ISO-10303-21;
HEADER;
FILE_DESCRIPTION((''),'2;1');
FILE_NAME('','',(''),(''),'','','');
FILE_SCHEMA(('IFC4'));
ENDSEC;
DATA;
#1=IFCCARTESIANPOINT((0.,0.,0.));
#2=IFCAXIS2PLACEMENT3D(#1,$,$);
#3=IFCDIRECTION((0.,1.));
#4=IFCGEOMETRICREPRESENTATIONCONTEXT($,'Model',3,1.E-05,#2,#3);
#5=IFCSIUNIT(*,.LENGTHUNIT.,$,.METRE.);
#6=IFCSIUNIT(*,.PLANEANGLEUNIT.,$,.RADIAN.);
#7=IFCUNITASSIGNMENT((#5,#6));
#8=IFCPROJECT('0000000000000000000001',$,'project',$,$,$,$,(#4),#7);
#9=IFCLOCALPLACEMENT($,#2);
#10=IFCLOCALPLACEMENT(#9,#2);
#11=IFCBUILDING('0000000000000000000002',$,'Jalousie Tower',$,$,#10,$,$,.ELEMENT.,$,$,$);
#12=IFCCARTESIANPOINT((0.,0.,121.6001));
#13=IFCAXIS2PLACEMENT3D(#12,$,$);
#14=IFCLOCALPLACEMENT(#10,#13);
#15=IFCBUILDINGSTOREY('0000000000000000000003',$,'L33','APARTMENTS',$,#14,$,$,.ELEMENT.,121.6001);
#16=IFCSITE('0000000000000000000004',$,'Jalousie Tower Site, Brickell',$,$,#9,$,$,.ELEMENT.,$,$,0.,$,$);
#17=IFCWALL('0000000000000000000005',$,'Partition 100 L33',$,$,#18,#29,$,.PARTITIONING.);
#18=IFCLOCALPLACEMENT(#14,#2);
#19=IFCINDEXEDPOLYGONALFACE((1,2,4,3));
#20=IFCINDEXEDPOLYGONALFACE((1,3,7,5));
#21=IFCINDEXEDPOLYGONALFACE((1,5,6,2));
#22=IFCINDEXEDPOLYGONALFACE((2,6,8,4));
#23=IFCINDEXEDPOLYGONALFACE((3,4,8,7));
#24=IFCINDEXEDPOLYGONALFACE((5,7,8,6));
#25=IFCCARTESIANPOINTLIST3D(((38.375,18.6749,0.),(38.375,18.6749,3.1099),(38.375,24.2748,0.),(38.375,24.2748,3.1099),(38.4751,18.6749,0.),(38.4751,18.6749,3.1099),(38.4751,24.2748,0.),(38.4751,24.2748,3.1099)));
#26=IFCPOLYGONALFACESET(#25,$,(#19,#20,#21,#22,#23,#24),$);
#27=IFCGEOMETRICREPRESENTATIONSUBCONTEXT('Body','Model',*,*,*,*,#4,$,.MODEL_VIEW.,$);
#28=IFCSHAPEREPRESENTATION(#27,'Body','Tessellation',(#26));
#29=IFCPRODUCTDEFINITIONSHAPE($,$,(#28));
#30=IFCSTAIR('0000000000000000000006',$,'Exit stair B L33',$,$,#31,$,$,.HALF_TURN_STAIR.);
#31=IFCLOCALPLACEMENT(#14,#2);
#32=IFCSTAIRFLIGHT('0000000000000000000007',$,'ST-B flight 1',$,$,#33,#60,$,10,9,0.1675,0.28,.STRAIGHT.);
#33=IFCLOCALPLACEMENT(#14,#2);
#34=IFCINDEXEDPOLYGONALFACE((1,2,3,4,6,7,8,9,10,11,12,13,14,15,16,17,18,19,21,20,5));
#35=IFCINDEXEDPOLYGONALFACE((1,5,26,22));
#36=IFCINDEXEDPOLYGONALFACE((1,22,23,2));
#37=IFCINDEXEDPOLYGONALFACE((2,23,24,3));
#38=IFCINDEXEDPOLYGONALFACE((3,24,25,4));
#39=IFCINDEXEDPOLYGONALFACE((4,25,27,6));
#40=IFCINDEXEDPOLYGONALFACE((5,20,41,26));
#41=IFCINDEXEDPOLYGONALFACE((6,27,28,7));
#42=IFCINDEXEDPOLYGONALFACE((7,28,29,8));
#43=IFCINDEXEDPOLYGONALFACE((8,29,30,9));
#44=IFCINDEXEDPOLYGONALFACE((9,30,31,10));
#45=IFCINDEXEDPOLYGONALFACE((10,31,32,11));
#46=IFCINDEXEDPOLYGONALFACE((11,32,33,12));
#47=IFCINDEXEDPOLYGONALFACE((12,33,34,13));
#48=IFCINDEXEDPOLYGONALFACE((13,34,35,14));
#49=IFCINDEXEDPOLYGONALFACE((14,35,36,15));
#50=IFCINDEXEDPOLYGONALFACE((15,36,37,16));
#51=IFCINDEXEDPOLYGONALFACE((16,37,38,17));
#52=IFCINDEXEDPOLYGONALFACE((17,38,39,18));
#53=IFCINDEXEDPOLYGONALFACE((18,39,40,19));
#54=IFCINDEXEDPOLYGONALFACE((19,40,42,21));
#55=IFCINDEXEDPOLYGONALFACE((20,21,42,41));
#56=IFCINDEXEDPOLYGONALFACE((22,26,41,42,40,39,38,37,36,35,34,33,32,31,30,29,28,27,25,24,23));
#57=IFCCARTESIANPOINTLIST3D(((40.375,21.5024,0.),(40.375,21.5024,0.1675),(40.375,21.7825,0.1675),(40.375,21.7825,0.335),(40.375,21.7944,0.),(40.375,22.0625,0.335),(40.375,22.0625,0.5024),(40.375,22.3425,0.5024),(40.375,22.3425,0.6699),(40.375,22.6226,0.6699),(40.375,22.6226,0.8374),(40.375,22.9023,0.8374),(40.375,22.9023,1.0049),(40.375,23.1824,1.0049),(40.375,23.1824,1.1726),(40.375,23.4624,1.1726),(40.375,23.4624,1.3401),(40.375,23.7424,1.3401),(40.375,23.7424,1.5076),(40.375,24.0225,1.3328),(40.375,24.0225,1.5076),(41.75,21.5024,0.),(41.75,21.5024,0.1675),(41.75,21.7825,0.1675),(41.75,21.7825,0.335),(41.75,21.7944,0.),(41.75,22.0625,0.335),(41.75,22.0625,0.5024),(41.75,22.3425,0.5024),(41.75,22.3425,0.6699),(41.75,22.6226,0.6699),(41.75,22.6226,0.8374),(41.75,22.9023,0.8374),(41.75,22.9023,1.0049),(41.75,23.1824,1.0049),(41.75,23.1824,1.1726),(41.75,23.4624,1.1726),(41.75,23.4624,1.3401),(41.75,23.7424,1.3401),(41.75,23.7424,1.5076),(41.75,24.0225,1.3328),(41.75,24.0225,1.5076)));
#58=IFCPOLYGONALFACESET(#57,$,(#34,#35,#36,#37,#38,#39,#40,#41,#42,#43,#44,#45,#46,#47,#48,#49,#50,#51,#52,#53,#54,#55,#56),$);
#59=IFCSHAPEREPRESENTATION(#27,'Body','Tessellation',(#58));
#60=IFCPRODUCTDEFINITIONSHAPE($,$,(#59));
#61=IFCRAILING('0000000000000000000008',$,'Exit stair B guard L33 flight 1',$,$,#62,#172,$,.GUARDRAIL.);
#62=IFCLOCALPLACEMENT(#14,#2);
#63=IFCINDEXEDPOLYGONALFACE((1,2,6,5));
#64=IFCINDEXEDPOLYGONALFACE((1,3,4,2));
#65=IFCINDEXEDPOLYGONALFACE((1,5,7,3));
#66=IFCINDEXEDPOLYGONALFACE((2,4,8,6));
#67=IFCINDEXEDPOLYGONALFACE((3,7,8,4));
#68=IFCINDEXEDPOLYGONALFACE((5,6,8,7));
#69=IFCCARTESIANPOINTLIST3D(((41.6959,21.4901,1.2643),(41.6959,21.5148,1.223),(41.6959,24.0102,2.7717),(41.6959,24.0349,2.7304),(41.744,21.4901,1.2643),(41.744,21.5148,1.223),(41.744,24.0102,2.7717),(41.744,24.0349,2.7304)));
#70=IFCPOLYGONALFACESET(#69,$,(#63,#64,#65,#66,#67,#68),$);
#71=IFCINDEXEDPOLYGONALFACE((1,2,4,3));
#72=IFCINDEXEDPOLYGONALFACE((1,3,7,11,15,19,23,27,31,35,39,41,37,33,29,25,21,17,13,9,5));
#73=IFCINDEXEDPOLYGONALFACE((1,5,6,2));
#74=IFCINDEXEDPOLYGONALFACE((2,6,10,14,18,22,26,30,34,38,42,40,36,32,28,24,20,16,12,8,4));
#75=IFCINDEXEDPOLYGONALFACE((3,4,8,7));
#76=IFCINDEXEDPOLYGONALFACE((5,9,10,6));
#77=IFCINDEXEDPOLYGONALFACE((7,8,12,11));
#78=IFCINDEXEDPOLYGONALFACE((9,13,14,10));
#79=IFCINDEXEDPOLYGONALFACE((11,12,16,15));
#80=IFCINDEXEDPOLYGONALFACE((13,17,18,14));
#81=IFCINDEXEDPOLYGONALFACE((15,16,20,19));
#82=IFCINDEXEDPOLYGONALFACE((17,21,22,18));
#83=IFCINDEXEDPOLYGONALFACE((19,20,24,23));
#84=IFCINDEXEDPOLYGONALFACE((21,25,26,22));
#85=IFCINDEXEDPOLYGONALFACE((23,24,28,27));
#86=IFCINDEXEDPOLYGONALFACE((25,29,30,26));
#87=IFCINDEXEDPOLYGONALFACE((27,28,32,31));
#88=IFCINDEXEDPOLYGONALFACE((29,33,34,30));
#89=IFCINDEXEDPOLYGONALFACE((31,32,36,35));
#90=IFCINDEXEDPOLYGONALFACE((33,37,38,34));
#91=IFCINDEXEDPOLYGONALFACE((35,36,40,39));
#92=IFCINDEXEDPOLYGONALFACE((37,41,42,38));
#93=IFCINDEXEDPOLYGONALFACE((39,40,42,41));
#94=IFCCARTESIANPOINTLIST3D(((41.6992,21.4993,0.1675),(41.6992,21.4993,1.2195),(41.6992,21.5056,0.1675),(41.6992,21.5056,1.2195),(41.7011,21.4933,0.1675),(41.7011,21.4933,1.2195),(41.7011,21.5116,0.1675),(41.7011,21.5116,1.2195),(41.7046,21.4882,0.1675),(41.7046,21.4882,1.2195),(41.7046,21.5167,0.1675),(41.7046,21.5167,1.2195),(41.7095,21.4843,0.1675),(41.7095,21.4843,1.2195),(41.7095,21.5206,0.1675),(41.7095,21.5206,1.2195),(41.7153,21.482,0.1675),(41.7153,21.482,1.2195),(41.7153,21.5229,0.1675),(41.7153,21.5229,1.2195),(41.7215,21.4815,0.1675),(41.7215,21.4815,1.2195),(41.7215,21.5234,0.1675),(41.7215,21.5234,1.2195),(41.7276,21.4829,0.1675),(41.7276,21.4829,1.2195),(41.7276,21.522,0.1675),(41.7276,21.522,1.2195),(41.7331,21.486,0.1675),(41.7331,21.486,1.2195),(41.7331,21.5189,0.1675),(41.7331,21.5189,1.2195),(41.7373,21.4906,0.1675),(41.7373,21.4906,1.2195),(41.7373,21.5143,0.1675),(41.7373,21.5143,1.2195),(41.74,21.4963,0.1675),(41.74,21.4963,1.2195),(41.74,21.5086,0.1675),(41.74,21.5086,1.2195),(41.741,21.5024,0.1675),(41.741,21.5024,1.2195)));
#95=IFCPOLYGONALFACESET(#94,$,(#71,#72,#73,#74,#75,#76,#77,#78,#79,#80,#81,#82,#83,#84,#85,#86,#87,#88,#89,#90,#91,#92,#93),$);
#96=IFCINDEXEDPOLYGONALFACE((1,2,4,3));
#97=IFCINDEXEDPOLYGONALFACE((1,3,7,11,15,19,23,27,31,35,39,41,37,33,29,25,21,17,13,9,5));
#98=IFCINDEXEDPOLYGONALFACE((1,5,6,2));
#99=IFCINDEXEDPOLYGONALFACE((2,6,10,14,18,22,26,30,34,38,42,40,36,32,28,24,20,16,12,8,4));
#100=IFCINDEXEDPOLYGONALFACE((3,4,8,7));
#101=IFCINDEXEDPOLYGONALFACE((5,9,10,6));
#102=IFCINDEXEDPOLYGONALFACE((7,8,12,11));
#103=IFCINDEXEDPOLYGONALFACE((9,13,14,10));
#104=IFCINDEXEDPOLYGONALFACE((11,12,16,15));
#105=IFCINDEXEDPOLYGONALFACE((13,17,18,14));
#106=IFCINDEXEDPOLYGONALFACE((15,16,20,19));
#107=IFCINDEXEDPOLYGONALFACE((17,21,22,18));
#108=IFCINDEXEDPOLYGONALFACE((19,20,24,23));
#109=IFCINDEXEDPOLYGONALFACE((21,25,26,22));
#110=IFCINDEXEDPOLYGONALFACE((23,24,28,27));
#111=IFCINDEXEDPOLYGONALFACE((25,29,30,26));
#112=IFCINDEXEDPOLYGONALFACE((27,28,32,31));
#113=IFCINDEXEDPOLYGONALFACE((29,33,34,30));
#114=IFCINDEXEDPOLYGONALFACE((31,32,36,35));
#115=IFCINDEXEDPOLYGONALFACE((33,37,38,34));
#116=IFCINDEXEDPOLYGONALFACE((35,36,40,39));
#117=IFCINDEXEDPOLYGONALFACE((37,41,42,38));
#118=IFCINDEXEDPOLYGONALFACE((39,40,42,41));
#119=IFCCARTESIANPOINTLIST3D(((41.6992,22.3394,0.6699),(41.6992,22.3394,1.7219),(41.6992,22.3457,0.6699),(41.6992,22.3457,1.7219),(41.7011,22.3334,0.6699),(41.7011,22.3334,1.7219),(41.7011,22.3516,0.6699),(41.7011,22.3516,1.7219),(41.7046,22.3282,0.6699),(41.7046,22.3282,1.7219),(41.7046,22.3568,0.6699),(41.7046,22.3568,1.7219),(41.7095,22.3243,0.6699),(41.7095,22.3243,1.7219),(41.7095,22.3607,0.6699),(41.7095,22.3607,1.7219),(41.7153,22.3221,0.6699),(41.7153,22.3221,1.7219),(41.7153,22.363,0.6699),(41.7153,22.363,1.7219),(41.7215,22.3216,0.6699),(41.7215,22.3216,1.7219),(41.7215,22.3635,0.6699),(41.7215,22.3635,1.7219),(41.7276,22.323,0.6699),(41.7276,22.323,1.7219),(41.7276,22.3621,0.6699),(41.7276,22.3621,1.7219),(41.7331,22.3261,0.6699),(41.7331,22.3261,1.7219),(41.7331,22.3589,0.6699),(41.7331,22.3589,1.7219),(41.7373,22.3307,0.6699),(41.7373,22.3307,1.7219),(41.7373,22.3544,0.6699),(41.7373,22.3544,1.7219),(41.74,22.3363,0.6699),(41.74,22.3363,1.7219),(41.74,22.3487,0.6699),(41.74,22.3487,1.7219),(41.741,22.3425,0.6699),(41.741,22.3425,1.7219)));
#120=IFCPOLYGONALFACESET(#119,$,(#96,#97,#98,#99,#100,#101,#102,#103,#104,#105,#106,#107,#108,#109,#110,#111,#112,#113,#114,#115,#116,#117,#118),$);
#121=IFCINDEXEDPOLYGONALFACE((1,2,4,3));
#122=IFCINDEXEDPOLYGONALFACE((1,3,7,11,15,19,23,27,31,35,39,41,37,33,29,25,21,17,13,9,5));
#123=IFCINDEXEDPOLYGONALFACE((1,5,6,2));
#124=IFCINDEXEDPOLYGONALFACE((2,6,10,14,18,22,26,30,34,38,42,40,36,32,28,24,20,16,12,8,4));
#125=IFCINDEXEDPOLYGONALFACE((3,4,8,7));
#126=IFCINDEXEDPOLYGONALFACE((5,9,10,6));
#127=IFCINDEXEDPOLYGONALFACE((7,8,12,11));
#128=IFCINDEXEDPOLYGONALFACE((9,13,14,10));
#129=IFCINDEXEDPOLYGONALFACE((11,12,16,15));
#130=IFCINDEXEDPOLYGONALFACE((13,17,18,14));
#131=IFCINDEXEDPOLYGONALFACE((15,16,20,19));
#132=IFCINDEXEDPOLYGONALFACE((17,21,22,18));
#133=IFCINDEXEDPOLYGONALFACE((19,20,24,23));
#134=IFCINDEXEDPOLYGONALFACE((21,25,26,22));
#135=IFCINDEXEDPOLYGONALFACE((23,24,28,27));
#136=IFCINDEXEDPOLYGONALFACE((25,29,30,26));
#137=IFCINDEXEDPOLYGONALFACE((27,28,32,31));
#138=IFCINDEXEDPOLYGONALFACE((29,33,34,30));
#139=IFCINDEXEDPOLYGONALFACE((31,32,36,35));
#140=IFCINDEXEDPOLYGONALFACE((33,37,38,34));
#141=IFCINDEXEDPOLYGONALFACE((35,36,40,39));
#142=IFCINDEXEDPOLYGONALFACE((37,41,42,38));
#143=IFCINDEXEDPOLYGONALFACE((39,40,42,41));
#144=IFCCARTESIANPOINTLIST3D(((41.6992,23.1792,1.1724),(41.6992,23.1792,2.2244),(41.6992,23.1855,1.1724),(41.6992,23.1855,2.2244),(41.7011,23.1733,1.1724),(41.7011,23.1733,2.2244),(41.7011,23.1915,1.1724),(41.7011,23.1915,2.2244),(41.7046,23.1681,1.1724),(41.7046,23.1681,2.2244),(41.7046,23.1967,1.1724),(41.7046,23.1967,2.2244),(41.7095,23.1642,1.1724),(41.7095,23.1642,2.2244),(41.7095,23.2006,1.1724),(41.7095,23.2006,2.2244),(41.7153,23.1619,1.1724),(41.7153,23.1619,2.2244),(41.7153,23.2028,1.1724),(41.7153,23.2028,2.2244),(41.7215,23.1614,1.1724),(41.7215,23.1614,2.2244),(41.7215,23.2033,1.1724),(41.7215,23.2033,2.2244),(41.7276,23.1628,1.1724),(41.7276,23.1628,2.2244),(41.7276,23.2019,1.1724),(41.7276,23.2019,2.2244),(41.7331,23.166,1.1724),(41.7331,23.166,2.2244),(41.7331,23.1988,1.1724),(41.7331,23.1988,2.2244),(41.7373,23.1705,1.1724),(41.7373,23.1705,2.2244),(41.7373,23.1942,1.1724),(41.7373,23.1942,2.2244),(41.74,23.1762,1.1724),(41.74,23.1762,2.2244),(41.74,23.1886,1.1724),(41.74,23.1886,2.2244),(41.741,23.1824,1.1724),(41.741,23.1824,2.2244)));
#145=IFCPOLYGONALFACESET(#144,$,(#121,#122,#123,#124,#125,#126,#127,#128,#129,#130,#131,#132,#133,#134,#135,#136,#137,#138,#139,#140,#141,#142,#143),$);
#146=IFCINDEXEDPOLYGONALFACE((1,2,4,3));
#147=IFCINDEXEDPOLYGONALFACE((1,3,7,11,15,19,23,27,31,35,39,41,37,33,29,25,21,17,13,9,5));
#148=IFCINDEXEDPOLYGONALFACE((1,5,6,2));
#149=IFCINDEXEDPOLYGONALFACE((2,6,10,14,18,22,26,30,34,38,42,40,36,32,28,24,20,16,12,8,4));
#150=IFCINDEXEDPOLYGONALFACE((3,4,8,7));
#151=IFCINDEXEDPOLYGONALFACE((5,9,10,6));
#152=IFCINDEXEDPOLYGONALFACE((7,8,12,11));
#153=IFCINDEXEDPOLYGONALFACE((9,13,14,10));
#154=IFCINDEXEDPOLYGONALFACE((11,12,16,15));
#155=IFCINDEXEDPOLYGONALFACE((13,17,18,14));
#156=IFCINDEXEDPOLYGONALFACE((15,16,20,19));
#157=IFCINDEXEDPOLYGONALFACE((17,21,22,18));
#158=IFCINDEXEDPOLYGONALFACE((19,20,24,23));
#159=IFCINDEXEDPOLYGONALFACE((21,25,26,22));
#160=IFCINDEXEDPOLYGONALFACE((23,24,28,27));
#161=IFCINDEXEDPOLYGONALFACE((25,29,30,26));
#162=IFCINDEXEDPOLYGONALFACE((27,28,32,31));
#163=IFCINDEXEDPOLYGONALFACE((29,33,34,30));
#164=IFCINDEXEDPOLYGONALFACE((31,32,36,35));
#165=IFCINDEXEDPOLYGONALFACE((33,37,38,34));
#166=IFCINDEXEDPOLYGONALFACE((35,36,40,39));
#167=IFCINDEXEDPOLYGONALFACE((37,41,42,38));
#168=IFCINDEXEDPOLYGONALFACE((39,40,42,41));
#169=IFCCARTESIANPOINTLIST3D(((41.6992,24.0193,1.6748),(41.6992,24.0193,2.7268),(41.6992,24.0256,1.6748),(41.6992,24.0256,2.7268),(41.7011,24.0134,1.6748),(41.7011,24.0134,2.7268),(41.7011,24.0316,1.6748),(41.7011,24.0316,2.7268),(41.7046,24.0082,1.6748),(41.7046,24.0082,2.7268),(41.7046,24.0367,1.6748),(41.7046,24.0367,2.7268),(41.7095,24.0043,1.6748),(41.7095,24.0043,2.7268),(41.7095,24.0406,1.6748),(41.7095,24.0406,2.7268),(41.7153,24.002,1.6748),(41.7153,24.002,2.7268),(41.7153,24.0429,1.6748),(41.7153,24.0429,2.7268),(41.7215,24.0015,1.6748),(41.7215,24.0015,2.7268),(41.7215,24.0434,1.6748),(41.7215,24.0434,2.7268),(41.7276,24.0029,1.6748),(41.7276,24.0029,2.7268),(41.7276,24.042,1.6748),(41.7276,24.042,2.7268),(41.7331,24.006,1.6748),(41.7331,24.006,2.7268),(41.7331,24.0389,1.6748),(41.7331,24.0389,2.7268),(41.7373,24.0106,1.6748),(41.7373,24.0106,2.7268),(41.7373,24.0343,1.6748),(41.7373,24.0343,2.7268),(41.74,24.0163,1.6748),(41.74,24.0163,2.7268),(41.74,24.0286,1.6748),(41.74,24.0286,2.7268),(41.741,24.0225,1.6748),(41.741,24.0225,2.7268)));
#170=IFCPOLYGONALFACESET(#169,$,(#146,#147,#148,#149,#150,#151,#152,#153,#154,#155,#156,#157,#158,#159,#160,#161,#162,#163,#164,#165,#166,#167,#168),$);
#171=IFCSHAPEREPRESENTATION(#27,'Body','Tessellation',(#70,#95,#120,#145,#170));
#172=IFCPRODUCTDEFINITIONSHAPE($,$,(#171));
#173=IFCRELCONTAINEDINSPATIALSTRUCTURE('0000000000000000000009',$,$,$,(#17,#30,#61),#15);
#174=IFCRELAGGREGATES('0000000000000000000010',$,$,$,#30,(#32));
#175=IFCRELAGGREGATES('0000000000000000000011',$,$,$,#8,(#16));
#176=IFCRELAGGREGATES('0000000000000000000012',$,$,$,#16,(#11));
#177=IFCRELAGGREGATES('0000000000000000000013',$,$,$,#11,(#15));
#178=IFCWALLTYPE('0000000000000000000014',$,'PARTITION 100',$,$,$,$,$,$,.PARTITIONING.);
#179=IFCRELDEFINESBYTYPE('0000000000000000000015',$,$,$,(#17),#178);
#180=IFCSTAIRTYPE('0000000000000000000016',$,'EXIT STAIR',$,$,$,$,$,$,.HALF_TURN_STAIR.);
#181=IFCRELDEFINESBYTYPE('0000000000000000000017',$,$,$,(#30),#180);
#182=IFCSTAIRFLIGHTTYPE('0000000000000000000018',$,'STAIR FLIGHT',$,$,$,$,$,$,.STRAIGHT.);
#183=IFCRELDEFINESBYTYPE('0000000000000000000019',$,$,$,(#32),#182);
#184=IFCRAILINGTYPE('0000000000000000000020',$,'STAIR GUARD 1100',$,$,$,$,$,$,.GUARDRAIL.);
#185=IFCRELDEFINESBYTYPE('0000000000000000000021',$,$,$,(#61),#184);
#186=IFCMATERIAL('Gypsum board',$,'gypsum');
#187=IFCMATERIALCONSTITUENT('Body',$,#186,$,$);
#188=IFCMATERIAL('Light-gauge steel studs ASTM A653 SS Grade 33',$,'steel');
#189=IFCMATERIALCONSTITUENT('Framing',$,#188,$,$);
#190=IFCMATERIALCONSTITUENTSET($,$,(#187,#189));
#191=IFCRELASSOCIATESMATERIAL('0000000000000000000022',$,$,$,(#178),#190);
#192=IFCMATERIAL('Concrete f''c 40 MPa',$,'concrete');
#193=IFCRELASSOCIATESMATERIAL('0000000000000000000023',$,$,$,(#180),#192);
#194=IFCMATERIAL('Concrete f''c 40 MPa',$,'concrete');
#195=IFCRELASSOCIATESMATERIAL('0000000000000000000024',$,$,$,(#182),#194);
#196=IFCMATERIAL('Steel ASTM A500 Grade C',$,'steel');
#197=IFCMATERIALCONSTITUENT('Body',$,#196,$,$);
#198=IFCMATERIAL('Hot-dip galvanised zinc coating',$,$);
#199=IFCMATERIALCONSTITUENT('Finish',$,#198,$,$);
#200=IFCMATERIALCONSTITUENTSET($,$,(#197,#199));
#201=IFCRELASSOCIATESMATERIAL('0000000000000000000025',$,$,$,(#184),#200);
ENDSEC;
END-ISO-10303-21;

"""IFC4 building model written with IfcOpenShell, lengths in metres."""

from ifc_helpers import new_model, si_unit, direction, frame, frame_2d, origin, origin_2d, place, context, subcontext, project, spatial, polyline, rectangle, circle, outline, extrude, material, constituent, constituent_set, type_object, element, aggregate, save


model = new_model("IFC4")

# Units and contexts
model_context = context("Model", 3, precision=1e-05, world=origin(), true_north=direction((0.0, 1.0)))
body_context = subcontext(model_context, "Body", "Model", "MODEL_VIEW")
ifc_project = project(units=[si_unit("LENGTHUNIT", "METRE"), si_unit("PLANEANGLEUNIT", "RADIAN")], contexts=[model_context])

# Site, building, storey
site_placement = place(None, origin())
site = spatial("IfcSite", under=ifc_project, at=site_placement, Name="Jalousie Tower Site, Brickell", CompositionType="ELEMENT", RefElevation=0.0)
building_placement = place(site_placement, origin())
building = spatial("IfcBuilding", under=site, at=building_placement, Name="Jalousie Tower", CompositionType="ELEMENT")
storey_placement = place(building_placement, frame((0.0, 0.0, 121.6001)))
storey = spatial("IfcBuildingStorey", under=building, at=storey_placement, Name="L33", Description="APARTMENTS", CompositionType="ELEMENT", Elevation=121.6001)

# Wall
ifc_material_1 = material(Name="Gypsum board", Category="gypsum")
ifc_constituent_1 = constituent(ifc_material_1, Name="Body")
ifc_material_2 = material(Name="Light-gauge steel studs ASTM A653 SS Grade 33", Category="steel")
ifc_constituent_2 = constituent(ifc_material_2, Name="Framing")
ifc_constituent_set_1 = constituent_set(constituents=[ifc_constituent_1, ifc_constituent_2])
wall_type_1 = type_object("IfcWallType", Name="PARTITION 100", PredefinedType="PARTITIONING", material=ifc_constituent_set_1)
wall_1_placement = place(storey_placement, frame((38.425, 18.675, 0.0), z_axis=(0.0, 0.0, 1.0), x_axis=(0.0, 1.0, 0.0)))
element("IfcWall", 1, at=wall_1_placement, inside=storey, type_object=wall_type_1, Name="Partition 100 L33", PredefinedType="PARTITIONING", context=body_context, shape_type="SweptSolid", body=[
    extrude(rectangle(XDim=5.5999, YDim=0.1001, at=frame_2d((2.7998, 0.0))), origin(), (0.0, 0.0, 1.0), 3.1099),
])

# Stair, stair flight
ifc_material_3 = material(Name="Concrete f'c 40 MPa", Category="concrete")
stair_type = type_object("IfcStairType", Name="EXIT STAIR", PredefinedType="HALF_TURN_STAIR", material=ifc_material_3)
stair_placement = place(storey_placement, origin())
stair = element("IfcStair", 2, at=stair_placement, inside=storey, type_object=stair_type, Name="Exit stair B L33", PredefinedType="HALF_TURN_STAIR")
ifc_material_4 = material(Name="Concrete f'c 40 MPa", Category="concrete")
stair_flight_type = type_object("IfcStairFlightType", Name="STAIR FLIGHT", PredefinedType="STRAIGHT", material=ifc_material_4)
stair_flight_placement = place(storey_placement, frame((41.0625, 21.5024, 0.0), z_axis=(0.0, 0.0, 1.0), x_axis=(0.0, 1.0, 0.0)))
stair_flight = element("IfcStairFlight", 3, at=stair_flight_placement, type_object=stair_flight_type, Name="ST-B flight 1", NumberOfRisers=10, NumberOfTreads=9, PredefinedType="STRAIGHT", RiserHeight=0.1675, TreadLength=0.28, context=body_context, shape_type="SweptSolid", body=[
    extrude(outline(polyline([(0.0, 0.0), (0.0, 0.1675), (0.28, 0.1675), (0.28, 0.335), (0.5601, 0.335), (0.5601, 0.5024), (0.8401, 0.5024), (0.8401, 0.6699), (1.1201, 0.6699), (1.1201, 0.8374), (1.3999, 0.8374), (1.3999, 1.0049), (1.6799, 1.0049), (1.6799, 1.1726), (1.96, 1.1726), (1.96, 1.3401), (2.24, 1.3401), (2.24, 1.5076), (2.52, 1.5076), (2.52, 1.675), (2.52, 1.3328), (0.292, 0.0), (0.0, 0.0)])), frame((0.0, 0.6875, 0.0), z_axis=(0.0, -1.0, 0.0), x_axis=(1.0, 0.0, 0.0)), (0.0, 0.0, 1.0), 1.375),
])
aggregate(stair, [stair_flight])

# Railing
ifc_material_5 = material(Name="Steel ASTM A500 Grade C", Category="steel")
ifc_constituent_3 = constituent(ifc_material_5, Name="Body")
ifc_material_6 = material(Name="Hot-dip galvanised zinc coating")
ifc_constituent_4 = constituent(ifc_material_6, Name="Finish")
ifc_constituent_set_2 = constituent_set(constituents=[ifc_constituent_3, ifc_constituent_4])
railing_type_1 = type_object("IfcRailingType", Name="STAIR GUARD 1100", PredefinedType="GUARDRAIL", material=ifc_constituent_set_2)
railing_1_placement = place(storey_placement, frame((41.72, 21.5024, 0.1675)))
element("IfcRailing", 4, at=railing_1_placement, inside=storey, type_object=railing_type_1, Name="Exit stair B guard L33 flight 1", PredefinedType="GUARDRAIL", context=body_context, shape_type="SweptSolid", body=[
    extrude(rectangle(XDim=0.0481, YDim=0.0481, at=origin_2d()), frame((0.0, 0.0, 1.0762), z_axis=(0.0, 0.858196, 0.513321), x_axis=(-1.0, 0.0, 0.0)), (0.0, 0.0, 1.0), 2.9365),
    extrude(circle(Radius=0.021, at=origin_2d()), origin(), (0.0, 0.0, 1.0), 1.052),
    extrude(circle(Radius=0.021, at=origin_2d()), frame((0.0, 0.8401, 0.5024)), (0.0, 0.0, 1.0), 1.052),
    extrude(circle(Radius=0.021, at=origin_2d()), frame((0.0, 1.6799, 1.0049)), (0.0, 0.0, 1.0), 1.052),
    extrude(circle(Radius=0.021, at=origin_2d()), frame((0.0, 2.52, 1.5073)), (0.0, 0.0, 1.0), 1.052),
])

save(model, "model.ifc")
